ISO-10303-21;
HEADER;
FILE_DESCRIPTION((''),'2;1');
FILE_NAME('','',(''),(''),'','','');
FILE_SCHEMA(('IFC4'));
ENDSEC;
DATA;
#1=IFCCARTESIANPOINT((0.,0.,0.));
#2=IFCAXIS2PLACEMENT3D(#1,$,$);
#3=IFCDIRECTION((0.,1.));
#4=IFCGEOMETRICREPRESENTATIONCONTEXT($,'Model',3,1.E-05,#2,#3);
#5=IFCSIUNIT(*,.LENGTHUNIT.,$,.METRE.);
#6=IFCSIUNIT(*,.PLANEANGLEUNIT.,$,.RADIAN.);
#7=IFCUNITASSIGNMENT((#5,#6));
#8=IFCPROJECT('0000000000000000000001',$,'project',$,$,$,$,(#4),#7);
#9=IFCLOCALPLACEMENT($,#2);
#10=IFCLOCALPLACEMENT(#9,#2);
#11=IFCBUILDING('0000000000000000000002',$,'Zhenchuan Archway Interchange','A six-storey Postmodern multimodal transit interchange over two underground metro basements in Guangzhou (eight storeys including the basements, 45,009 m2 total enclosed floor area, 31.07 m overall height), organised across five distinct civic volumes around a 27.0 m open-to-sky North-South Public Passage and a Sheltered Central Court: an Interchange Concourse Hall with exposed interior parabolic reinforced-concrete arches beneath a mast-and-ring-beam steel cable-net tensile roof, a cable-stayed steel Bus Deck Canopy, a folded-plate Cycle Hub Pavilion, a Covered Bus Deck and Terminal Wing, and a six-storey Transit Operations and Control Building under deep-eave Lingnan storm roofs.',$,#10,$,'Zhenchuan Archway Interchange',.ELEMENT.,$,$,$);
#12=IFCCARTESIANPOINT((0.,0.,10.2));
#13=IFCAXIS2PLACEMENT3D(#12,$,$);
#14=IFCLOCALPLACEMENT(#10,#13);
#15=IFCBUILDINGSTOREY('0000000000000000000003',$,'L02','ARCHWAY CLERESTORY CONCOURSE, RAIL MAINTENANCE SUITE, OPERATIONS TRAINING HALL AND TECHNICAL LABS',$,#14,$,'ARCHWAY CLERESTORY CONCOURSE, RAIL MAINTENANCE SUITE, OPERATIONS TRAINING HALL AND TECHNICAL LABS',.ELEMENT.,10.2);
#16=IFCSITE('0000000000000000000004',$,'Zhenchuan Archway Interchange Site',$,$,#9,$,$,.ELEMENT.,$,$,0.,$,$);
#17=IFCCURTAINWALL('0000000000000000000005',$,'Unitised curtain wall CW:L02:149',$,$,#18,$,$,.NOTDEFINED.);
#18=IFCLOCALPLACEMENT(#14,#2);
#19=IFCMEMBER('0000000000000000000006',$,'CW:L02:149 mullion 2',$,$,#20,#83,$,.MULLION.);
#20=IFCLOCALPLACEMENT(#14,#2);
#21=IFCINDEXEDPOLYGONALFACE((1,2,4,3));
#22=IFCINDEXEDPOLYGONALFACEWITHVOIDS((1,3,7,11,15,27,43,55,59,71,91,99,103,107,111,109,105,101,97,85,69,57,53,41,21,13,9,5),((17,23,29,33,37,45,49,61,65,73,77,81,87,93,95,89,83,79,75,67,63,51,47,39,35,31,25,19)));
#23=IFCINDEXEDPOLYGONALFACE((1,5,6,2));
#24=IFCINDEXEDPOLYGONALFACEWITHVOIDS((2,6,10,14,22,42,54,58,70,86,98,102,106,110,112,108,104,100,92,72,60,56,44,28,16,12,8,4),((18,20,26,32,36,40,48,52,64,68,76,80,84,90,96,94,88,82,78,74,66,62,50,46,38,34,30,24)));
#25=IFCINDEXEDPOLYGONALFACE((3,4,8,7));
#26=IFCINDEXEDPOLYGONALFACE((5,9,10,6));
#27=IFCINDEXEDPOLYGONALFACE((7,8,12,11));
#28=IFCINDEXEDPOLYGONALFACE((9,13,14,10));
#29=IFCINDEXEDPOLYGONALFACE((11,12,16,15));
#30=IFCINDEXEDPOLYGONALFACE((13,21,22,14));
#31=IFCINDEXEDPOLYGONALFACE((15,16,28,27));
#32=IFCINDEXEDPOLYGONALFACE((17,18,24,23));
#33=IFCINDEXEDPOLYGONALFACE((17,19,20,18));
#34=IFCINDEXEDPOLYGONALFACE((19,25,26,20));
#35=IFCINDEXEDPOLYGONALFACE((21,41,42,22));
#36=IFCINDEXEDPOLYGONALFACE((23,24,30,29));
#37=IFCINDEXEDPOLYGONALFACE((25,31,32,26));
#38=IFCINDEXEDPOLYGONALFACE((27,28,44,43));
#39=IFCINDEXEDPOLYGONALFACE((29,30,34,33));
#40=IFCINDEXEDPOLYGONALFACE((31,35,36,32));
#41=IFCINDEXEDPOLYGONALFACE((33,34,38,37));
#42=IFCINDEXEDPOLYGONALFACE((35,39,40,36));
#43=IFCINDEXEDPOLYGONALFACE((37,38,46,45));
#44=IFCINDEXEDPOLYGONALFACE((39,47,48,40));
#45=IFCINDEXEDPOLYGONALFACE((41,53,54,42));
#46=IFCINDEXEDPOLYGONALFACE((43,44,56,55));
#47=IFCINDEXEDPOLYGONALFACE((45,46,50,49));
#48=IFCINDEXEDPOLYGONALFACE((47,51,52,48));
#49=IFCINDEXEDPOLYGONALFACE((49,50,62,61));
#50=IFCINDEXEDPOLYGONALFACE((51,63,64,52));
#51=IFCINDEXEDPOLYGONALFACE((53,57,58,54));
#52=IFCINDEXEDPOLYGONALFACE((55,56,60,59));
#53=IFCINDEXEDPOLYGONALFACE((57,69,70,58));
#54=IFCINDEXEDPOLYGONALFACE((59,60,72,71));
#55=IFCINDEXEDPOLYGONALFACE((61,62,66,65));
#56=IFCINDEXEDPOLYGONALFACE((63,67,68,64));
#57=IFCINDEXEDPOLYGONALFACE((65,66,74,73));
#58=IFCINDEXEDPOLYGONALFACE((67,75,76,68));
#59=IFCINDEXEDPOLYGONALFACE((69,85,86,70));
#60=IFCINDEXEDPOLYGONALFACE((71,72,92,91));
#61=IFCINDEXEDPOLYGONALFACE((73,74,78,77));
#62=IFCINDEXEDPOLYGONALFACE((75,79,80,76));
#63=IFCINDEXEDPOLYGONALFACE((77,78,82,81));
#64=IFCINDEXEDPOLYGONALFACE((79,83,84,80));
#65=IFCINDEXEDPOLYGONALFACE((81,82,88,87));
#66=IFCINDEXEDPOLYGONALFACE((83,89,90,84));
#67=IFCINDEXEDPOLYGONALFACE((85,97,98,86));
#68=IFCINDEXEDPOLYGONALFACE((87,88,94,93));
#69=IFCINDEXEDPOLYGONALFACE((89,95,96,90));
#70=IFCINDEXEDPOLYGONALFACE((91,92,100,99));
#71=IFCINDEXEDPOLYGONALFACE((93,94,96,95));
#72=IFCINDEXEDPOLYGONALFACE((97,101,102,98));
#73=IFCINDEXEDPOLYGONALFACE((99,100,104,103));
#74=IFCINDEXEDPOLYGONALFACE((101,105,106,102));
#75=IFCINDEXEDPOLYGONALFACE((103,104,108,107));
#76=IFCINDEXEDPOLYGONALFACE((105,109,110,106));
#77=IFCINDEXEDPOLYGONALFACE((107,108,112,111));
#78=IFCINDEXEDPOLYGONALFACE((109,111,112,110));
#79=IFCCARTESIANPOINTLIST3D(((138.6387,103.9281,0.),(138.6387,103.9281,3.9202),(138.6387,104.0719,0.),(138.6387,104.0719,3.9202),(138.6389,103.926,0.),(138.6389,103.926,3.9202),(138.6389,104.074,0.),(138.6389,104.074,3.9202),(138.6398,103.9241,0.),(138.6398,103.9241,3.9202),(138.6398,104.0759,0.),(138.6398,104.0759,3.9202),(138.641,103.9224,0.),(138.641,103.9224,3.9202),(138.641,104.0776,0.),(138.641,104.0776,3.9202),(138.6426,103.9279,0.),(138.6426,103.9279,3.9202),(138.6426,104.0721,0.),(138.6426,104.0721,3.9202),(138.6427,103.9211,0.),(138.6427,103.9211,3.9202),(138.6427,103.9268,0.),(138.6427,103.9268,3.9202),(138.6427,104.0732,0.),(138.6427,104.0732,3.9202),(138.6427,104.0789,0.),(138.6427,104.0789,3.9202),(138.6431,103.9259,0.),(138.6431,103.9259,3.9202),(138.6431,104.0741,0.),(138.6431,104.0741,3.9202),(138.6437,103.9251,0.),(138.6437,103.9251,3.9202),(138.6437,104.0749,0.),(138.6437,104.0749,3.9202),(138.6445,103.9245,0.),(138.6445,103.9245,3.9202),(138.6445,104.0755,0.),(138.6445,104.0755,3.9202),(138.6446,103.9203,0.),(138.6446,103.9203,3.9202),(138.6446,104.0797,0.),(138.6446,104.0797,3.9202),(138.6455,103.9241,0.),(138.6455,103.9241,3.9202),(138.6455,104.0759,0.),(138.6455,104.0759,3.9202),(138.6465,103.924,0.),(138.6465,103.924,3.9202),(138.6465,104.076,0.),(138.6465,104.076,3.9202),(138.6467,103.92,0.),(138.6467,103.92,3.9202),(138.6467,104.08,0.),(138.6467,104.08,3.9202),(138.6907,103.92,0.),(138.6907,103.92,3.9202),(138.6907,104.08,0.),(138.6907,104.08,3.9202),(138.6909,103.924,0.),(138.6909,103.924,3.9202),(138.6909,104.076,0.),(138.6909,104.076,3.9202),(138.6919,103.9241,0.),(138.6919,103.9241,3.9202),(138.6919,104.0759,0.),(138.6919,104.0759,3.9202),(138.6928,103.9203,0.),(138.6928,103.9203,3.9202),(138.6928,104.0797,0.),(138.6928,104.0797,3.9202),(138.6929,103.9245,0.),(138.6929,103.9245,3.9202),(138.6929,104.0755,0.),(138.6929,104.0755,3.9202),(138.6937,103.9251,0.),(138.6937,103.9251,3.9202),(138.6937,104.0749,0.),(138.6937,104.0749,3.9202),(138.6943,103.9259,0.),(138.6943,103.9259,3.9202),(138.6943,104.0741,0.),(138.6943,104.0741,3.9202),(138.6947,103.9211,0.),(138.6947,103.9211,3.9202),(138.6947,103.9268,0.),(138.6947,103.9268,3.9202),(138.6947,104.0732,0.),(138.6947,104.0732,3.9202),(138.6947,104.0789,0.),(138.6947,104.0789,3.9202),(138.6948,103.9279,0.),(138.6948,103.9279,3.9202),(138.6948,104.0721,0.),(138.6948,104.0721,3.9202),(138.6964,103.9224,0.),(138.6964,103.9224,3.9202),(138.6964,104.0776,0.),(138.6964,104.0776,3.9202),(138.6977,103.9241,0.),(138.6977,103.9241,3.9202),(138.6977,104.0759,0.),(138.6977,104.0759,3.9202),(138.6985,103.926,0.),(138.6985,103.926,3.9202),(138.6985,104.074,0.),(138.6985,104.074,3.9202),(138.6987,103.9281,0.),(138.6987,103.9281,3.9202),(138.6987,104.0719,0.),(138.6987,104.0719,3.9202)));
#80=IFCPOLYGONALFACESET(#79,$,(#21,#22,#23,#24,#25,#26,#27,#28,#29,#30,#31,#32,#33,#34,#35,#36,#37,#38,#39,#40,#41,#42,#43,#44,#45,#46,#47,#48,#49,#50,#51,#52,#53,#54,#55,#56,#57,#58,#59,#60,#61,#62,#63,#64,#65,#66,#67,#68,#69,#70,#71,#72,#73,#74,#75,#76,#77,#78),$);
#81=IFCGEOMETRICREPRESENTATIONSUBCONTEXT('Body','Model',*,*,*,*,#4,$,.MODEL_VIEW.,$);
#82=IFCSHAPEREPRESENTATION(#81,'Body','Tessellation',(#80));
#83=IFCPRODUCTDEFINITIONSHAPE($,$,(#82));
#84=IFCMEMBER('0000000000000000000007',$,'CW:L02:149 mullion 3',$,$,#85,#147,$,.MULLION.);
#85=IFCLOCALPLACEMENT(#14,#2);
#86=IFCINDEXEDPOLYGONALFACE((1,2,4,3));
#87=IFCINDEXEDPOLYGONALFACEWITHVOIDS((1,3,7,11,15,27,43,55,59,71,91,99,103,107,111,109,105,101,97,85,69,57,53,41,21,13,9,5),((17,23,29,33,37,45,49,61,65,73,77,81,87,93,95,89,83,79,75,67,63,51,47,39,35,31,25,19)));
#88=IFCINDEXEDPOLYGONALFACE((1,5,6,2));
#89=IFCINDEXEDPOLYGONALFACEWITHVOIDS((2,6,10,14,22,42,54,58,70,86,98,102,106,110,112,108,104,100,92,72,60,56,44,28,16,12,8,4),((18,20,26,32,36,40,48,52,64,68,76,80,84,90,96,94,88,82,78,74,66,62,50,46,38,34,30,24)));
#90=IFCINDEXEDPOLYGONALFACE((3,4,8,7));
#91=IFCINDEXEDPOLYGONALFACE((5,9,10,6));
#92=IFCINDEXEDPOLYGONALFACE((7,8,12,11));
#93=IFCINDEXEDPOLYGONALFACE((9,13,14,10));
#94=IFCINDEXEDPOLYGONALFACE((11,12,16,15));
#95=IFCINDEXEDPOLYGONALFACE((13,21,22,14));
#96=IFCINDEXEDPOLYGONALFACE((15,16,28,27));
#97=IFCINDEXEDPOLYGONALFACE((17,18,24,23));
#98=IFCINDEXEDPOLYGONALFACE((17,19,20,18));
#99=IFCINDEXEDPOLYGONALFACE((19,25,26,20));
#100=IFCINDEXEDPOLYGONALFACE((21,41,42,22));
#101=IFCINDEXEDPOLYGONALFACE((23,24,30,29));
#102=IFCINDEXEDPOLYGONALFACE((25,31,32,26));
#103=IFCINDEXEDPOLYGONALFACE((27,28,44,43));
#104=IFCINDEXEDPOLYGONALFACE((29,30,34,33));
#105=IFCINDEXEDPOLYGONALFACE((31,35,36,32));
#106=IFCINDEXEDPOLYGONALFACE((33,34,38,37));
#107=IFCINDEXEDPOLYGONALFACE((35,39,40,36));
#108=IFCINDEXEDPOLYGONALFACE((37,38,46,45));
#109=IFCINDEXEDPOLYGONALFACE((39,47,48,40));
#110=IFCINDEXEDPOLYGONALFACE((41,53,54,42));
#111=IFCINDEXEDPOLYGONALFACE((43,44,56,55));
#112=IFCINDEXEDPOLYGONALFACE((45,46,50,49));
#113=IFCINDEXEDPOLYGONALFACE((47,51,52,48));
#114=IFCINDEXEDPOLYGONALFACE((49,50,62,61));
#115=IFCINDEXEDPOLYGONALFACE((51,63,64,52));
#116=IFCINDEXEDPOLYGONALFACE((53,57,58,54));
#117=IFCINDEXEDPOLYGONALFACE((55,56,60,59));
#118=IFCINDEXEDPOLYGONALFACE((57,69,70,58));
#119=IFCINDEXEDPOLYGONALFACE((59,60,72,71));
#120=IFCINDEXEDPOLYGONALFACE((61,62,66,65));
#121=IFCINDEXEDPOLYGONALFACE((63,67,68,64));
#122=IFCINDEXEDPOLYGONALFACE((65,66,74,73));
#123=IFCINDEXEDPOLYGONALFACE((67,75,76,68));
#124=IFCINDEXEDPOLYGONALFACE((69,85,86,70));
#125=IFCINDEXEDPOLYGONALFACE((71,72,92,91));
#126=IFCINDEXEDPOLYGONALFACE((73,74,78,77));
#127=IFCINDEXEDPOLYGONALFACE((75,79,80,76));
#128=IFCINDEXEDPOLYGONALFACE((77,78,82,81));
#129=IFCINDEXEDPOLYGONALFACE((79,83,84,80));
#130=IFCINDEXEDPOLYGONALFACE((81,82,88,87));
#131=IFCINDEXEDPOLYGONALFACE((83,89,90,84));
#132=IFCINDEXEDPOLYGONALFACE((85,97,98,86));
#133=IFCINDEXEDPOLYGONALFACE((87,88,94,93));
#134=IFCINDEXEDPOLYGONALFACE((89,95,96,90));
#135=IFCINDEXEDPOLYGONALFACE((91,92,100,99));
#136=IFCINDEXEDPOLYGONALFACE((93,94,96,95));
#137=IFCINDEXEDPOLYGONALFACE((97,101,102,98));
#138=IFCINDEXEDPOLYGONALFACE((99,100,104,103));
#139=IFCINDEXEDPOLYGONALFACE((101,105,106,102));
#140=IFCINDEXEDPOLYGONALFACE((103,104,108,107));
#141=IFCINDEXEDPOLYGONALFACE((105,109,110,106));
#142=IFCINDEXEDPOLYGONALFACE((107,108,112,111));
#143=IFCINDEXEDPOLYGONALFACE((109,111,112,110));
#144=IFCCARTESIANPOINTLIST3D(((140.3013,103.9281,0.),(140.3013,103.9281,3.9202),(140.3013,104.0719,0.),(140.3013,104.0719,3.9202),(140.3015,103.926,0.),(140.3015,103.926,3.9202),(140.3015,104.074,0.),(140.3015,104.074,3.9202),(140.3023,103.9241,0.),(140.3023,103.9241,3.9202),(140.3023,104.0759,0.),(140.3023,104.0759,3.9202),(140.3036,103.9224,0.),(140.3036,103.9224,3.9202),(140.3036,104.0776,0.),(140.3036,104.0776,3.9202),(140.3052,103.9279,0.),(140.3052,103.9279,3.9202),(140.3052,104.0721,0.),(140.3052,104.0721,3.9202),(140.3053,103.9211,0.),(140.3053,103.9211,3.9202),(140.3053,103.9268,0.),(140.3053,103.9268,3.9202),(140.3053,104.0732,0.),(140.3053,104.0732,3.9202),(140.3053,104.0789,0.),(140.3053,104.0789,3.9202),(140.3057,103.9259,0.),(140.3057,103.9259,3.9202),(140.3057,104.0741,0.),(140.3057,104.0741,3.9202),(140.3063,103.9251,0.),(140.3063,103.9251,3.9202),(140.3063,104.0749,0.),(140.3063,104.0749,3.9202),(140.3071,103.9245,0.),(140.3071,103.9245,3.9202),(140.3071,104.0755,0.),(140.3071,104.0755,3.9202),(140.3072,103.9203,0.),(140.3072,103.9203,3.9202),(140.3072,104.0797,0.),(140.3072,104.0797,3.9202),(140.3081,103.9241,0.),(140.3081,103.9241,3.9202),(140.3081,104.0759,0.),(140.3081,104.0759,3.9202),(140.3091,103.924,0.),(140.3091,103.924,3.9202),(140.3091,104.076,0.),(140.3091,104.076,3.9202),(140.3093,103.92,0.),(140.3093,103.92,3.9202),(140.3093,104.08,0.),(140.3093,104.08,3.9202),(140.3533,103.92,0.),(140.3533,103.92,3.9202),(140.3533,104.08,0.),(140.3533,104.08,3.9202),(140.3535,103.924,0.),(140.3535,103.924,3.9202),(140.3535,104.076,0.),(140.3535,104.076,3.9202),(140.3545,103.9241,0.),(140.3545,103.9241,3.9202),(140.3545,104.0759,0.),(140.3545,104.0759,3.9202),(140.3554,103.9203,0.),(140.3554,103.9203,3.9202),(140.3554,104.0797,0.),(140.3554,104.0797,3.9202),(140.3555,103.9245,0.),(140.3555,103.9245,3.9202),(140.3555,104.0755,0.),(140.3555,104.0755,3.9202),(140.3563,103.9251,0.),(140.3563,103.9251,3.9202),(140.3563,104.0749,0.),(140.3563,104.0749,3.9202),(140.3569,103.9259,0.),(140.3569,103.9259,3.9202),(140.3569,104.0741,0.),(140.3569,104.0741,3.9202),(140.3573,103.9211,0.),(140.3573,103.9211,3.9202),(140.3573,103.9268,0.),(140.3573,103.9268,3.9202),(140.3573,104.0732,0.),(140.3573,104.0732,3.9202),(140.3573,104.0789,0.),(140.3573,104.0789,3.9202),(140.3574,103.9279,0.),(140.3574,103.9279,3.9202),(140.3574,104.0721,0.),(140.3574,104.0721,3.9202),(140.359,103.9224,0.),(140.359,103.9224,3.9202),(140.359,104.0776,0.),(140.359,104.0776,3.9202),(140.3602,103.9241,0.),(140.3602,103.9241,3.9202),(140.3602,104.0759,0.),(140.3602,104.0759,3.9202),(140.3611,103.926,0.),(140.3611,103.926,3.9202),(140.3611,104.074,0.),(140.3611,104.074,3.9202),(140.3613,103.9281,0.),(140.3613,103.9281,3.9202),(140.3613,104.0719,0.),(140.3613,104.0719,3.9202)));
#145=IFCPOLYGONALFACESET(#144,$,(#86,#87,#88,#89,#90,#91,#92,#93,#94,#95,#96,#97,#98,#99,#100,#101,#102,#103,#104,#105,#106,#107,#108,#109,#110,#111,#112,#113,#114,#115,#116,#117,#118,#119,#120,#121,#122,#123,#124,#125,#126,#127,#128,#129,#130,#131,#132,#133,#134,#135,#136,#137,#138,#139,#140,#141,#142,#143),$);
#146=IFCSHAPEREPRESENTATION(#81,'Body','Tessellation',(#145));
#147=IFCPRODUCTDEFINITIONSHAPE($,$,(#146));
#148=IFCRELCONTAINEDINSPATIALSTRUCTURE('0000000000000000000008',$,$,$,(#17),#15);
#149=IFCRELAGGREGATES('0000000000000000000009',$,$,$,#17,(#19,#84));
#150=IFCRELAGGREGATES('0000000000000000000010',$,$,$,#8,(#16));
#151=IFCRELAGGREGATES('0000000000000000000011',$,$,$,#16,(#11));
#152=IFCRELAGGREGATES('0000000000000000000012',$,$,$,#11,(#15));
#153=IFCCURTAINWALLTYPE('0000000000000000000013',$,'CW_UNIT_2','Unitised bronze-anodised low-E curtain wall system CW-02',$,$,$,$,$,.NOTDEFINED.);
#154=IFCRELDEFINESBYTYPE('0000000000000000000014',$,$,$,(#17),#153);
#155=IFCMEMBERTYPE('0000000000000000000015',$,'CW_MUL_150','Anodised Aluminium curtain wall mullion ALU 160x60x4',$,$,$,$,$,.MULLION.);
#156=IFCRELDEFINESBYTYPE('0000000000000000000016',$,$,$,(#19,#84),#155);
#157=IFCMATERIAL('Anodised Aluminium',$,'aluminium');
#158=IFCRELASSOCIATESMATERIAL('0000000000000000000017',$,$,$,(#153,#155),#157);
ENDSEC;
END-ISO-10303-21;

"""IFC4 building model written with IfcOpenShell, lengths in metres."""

from ifc_helpers import new_model, si_unit, direction, frame, origin, origin_2d, place, context, subcontext, project, spatial, hollow_rectangle, extrude, material, material_profile, profile_set, type_object, element, aggregate, save


model = new_model("IFC4")

# Units and contexts
model_context = context("Model", 3, precision=1e-05, world=origin(), true_north=direction((0.0, 1.0)))
body_context = subcontext(model_context, "Body", "Model", "MODEL_VIEW")
ifc_project = project(units=[si_unit("LENGTHUNIT", "METRE"), si_unit("PLANEANGLEUNIT", "RADIAN")], contexts=[model_context])

# Site, building, storey
site_placement = place(None, origin())
site = spatial("IfcSite", under=ifc_project, at=site_placement, Name="Zhenchuan Archway Interchange Site", CompositionType="ELEMENT", RefElevation=0.0)
building_placement = place(site_placement, origin())
building = spatial("IfcBuilding", under=site, at=building_placement, Name="Zhenchuan Archway Interchange", Description="A six-storey Postmodern multimodal transit interchange over two underground metro basements in Guangzhou (eight storeys including the basements, 45,009 m2 total enclosed floor area, 31.07 m overall height), organised across five distinct civic volumes around a 27.0 m open-to-sky North-South Public Passage and a Sheltered Central Court: an Interchange Concourse Hall with exposed interior parabolic reinforced-concrete arches beneath a mast-and-ring-beam steel cable-net tensile roof, a cable-stayed steel Bus Deck Canopy, a folded-plate Cycle Hub Pavilion, a Covered Bus Deck and Terminal Wing, and a six-storey Transit Operations and Control Building under deep-eave Lingnan storm roofs.", LongName="Zhenchuan Archway Interchange", CompositionType="ELEMENT")
storey_placement = place(building_placement, frame((0.0, 0.0, 10.2)))
storey = spatial("IfcBuildingStorey", under=building, at=storey_placement, Name="L02", Description="ARCHWAY CLERESTORY CONCOURSE, RAIL MAINTENANCE SUITE, OPERATIONS TRAINING HALL AND TECHNICAL LABS", LongName="ARCHWAY CLERESTORY CONCOURSE, RAIL MAINTENANCE SUITE, OPERATIONS TRAINING HALL AND TECHNICAL LABS", CompositionType="ELEMENT", Elevation=10.2)

# Curtain wall, members
ifc_material_1 = material(Name="Anodised Aluminium", Category="aluminium")
curtain_wall_type = type_object("IfcCurtainWallType", Name="CW_UNIT_2", Description="Unitised bronze-anodised low-E curtain wall system CW-02", PredefinedType="NOTDEFINED", material=ifc_material_1)
curtain_wall_placement = place(storey_placement, origin())
curtain_wall = element("IfcCurtainWall", 1, at=curtain_wall_placement, inside=storey, type_object=curtain_wall_type, Name="Unitised curtain wall CW:L02:149", PredefinedType="NOTDEFINED")
ifc_material_profile_1 = material_profile(ifc_material_1, hollow_rectangle(XDim=0.0601, YDim=0.1599, WallThickness=0.0039, InnerFilletRadius=0.0039, OuterFilletRadius=0.0081, at=origin_2d()), Name="ALU 160x60x4")
ifc_profile_set_1 = profile_set([ifc_material_profile_1], Name="Anodised Aluminium")
member_type_1 = type_object("IfcMemberType", Name="CW_MUL_150", Description="Anodised Aluminium curtain wall mullion ALU 160x60x4", PredefinedType="MULLION", material=ifc_profile_set_1)
member_1_placement = place(storey_placement, frame((138.6687, 104.0, 0.0), z_axis=(0.0, 0.0, 1.0), x_axis=(1.0, 0.0, 0.0)))
member_1 = element("IfcMember", 2, at=member_1_placement, type_object=member_type_1, Name="CW:L02:149 mullion 2", PredefinedType="MULLION", context=body_context, shape_type="SweptSolid", body=[
    extrude(hollow_rectangle(XDim=0.0601, YDim=0.1599, WallThickness=0.0039, InnerFilletRadius=0.0039, OuterFilletRadius=0.0081, at=origin_2d()), origin(), (0.0, 0.0, 1.0), 3.9202),
])
member_2_placement = place(storey_placement, frame((140.3313, 104.0, 0.0), z_axis=(0.0, 0.0, 1.0), x_axis=(1.0, 0.0, 0.0)))
member_2 = element("IfcMember", 3, at=member_2_placement, type_object=member_type_1, Name="CW:L02:149 mullion 3", PredefinedType="MULLION", context=body_context, shape_type="SweptSolid", body=[
    extrude(hollow_rectangle(XDim=0.0601, YDim=0.1599, WallThickness=0.0039, InnerFilletRadius=0.0039, OuterFilletRadius=0.0081, at=origin_2d()), origin(), (0.0, 0.0, 1.0), 3.9202),
])

aggregate(curtain_wall, [member_1, member_2])

save(model, "model.ifc")
